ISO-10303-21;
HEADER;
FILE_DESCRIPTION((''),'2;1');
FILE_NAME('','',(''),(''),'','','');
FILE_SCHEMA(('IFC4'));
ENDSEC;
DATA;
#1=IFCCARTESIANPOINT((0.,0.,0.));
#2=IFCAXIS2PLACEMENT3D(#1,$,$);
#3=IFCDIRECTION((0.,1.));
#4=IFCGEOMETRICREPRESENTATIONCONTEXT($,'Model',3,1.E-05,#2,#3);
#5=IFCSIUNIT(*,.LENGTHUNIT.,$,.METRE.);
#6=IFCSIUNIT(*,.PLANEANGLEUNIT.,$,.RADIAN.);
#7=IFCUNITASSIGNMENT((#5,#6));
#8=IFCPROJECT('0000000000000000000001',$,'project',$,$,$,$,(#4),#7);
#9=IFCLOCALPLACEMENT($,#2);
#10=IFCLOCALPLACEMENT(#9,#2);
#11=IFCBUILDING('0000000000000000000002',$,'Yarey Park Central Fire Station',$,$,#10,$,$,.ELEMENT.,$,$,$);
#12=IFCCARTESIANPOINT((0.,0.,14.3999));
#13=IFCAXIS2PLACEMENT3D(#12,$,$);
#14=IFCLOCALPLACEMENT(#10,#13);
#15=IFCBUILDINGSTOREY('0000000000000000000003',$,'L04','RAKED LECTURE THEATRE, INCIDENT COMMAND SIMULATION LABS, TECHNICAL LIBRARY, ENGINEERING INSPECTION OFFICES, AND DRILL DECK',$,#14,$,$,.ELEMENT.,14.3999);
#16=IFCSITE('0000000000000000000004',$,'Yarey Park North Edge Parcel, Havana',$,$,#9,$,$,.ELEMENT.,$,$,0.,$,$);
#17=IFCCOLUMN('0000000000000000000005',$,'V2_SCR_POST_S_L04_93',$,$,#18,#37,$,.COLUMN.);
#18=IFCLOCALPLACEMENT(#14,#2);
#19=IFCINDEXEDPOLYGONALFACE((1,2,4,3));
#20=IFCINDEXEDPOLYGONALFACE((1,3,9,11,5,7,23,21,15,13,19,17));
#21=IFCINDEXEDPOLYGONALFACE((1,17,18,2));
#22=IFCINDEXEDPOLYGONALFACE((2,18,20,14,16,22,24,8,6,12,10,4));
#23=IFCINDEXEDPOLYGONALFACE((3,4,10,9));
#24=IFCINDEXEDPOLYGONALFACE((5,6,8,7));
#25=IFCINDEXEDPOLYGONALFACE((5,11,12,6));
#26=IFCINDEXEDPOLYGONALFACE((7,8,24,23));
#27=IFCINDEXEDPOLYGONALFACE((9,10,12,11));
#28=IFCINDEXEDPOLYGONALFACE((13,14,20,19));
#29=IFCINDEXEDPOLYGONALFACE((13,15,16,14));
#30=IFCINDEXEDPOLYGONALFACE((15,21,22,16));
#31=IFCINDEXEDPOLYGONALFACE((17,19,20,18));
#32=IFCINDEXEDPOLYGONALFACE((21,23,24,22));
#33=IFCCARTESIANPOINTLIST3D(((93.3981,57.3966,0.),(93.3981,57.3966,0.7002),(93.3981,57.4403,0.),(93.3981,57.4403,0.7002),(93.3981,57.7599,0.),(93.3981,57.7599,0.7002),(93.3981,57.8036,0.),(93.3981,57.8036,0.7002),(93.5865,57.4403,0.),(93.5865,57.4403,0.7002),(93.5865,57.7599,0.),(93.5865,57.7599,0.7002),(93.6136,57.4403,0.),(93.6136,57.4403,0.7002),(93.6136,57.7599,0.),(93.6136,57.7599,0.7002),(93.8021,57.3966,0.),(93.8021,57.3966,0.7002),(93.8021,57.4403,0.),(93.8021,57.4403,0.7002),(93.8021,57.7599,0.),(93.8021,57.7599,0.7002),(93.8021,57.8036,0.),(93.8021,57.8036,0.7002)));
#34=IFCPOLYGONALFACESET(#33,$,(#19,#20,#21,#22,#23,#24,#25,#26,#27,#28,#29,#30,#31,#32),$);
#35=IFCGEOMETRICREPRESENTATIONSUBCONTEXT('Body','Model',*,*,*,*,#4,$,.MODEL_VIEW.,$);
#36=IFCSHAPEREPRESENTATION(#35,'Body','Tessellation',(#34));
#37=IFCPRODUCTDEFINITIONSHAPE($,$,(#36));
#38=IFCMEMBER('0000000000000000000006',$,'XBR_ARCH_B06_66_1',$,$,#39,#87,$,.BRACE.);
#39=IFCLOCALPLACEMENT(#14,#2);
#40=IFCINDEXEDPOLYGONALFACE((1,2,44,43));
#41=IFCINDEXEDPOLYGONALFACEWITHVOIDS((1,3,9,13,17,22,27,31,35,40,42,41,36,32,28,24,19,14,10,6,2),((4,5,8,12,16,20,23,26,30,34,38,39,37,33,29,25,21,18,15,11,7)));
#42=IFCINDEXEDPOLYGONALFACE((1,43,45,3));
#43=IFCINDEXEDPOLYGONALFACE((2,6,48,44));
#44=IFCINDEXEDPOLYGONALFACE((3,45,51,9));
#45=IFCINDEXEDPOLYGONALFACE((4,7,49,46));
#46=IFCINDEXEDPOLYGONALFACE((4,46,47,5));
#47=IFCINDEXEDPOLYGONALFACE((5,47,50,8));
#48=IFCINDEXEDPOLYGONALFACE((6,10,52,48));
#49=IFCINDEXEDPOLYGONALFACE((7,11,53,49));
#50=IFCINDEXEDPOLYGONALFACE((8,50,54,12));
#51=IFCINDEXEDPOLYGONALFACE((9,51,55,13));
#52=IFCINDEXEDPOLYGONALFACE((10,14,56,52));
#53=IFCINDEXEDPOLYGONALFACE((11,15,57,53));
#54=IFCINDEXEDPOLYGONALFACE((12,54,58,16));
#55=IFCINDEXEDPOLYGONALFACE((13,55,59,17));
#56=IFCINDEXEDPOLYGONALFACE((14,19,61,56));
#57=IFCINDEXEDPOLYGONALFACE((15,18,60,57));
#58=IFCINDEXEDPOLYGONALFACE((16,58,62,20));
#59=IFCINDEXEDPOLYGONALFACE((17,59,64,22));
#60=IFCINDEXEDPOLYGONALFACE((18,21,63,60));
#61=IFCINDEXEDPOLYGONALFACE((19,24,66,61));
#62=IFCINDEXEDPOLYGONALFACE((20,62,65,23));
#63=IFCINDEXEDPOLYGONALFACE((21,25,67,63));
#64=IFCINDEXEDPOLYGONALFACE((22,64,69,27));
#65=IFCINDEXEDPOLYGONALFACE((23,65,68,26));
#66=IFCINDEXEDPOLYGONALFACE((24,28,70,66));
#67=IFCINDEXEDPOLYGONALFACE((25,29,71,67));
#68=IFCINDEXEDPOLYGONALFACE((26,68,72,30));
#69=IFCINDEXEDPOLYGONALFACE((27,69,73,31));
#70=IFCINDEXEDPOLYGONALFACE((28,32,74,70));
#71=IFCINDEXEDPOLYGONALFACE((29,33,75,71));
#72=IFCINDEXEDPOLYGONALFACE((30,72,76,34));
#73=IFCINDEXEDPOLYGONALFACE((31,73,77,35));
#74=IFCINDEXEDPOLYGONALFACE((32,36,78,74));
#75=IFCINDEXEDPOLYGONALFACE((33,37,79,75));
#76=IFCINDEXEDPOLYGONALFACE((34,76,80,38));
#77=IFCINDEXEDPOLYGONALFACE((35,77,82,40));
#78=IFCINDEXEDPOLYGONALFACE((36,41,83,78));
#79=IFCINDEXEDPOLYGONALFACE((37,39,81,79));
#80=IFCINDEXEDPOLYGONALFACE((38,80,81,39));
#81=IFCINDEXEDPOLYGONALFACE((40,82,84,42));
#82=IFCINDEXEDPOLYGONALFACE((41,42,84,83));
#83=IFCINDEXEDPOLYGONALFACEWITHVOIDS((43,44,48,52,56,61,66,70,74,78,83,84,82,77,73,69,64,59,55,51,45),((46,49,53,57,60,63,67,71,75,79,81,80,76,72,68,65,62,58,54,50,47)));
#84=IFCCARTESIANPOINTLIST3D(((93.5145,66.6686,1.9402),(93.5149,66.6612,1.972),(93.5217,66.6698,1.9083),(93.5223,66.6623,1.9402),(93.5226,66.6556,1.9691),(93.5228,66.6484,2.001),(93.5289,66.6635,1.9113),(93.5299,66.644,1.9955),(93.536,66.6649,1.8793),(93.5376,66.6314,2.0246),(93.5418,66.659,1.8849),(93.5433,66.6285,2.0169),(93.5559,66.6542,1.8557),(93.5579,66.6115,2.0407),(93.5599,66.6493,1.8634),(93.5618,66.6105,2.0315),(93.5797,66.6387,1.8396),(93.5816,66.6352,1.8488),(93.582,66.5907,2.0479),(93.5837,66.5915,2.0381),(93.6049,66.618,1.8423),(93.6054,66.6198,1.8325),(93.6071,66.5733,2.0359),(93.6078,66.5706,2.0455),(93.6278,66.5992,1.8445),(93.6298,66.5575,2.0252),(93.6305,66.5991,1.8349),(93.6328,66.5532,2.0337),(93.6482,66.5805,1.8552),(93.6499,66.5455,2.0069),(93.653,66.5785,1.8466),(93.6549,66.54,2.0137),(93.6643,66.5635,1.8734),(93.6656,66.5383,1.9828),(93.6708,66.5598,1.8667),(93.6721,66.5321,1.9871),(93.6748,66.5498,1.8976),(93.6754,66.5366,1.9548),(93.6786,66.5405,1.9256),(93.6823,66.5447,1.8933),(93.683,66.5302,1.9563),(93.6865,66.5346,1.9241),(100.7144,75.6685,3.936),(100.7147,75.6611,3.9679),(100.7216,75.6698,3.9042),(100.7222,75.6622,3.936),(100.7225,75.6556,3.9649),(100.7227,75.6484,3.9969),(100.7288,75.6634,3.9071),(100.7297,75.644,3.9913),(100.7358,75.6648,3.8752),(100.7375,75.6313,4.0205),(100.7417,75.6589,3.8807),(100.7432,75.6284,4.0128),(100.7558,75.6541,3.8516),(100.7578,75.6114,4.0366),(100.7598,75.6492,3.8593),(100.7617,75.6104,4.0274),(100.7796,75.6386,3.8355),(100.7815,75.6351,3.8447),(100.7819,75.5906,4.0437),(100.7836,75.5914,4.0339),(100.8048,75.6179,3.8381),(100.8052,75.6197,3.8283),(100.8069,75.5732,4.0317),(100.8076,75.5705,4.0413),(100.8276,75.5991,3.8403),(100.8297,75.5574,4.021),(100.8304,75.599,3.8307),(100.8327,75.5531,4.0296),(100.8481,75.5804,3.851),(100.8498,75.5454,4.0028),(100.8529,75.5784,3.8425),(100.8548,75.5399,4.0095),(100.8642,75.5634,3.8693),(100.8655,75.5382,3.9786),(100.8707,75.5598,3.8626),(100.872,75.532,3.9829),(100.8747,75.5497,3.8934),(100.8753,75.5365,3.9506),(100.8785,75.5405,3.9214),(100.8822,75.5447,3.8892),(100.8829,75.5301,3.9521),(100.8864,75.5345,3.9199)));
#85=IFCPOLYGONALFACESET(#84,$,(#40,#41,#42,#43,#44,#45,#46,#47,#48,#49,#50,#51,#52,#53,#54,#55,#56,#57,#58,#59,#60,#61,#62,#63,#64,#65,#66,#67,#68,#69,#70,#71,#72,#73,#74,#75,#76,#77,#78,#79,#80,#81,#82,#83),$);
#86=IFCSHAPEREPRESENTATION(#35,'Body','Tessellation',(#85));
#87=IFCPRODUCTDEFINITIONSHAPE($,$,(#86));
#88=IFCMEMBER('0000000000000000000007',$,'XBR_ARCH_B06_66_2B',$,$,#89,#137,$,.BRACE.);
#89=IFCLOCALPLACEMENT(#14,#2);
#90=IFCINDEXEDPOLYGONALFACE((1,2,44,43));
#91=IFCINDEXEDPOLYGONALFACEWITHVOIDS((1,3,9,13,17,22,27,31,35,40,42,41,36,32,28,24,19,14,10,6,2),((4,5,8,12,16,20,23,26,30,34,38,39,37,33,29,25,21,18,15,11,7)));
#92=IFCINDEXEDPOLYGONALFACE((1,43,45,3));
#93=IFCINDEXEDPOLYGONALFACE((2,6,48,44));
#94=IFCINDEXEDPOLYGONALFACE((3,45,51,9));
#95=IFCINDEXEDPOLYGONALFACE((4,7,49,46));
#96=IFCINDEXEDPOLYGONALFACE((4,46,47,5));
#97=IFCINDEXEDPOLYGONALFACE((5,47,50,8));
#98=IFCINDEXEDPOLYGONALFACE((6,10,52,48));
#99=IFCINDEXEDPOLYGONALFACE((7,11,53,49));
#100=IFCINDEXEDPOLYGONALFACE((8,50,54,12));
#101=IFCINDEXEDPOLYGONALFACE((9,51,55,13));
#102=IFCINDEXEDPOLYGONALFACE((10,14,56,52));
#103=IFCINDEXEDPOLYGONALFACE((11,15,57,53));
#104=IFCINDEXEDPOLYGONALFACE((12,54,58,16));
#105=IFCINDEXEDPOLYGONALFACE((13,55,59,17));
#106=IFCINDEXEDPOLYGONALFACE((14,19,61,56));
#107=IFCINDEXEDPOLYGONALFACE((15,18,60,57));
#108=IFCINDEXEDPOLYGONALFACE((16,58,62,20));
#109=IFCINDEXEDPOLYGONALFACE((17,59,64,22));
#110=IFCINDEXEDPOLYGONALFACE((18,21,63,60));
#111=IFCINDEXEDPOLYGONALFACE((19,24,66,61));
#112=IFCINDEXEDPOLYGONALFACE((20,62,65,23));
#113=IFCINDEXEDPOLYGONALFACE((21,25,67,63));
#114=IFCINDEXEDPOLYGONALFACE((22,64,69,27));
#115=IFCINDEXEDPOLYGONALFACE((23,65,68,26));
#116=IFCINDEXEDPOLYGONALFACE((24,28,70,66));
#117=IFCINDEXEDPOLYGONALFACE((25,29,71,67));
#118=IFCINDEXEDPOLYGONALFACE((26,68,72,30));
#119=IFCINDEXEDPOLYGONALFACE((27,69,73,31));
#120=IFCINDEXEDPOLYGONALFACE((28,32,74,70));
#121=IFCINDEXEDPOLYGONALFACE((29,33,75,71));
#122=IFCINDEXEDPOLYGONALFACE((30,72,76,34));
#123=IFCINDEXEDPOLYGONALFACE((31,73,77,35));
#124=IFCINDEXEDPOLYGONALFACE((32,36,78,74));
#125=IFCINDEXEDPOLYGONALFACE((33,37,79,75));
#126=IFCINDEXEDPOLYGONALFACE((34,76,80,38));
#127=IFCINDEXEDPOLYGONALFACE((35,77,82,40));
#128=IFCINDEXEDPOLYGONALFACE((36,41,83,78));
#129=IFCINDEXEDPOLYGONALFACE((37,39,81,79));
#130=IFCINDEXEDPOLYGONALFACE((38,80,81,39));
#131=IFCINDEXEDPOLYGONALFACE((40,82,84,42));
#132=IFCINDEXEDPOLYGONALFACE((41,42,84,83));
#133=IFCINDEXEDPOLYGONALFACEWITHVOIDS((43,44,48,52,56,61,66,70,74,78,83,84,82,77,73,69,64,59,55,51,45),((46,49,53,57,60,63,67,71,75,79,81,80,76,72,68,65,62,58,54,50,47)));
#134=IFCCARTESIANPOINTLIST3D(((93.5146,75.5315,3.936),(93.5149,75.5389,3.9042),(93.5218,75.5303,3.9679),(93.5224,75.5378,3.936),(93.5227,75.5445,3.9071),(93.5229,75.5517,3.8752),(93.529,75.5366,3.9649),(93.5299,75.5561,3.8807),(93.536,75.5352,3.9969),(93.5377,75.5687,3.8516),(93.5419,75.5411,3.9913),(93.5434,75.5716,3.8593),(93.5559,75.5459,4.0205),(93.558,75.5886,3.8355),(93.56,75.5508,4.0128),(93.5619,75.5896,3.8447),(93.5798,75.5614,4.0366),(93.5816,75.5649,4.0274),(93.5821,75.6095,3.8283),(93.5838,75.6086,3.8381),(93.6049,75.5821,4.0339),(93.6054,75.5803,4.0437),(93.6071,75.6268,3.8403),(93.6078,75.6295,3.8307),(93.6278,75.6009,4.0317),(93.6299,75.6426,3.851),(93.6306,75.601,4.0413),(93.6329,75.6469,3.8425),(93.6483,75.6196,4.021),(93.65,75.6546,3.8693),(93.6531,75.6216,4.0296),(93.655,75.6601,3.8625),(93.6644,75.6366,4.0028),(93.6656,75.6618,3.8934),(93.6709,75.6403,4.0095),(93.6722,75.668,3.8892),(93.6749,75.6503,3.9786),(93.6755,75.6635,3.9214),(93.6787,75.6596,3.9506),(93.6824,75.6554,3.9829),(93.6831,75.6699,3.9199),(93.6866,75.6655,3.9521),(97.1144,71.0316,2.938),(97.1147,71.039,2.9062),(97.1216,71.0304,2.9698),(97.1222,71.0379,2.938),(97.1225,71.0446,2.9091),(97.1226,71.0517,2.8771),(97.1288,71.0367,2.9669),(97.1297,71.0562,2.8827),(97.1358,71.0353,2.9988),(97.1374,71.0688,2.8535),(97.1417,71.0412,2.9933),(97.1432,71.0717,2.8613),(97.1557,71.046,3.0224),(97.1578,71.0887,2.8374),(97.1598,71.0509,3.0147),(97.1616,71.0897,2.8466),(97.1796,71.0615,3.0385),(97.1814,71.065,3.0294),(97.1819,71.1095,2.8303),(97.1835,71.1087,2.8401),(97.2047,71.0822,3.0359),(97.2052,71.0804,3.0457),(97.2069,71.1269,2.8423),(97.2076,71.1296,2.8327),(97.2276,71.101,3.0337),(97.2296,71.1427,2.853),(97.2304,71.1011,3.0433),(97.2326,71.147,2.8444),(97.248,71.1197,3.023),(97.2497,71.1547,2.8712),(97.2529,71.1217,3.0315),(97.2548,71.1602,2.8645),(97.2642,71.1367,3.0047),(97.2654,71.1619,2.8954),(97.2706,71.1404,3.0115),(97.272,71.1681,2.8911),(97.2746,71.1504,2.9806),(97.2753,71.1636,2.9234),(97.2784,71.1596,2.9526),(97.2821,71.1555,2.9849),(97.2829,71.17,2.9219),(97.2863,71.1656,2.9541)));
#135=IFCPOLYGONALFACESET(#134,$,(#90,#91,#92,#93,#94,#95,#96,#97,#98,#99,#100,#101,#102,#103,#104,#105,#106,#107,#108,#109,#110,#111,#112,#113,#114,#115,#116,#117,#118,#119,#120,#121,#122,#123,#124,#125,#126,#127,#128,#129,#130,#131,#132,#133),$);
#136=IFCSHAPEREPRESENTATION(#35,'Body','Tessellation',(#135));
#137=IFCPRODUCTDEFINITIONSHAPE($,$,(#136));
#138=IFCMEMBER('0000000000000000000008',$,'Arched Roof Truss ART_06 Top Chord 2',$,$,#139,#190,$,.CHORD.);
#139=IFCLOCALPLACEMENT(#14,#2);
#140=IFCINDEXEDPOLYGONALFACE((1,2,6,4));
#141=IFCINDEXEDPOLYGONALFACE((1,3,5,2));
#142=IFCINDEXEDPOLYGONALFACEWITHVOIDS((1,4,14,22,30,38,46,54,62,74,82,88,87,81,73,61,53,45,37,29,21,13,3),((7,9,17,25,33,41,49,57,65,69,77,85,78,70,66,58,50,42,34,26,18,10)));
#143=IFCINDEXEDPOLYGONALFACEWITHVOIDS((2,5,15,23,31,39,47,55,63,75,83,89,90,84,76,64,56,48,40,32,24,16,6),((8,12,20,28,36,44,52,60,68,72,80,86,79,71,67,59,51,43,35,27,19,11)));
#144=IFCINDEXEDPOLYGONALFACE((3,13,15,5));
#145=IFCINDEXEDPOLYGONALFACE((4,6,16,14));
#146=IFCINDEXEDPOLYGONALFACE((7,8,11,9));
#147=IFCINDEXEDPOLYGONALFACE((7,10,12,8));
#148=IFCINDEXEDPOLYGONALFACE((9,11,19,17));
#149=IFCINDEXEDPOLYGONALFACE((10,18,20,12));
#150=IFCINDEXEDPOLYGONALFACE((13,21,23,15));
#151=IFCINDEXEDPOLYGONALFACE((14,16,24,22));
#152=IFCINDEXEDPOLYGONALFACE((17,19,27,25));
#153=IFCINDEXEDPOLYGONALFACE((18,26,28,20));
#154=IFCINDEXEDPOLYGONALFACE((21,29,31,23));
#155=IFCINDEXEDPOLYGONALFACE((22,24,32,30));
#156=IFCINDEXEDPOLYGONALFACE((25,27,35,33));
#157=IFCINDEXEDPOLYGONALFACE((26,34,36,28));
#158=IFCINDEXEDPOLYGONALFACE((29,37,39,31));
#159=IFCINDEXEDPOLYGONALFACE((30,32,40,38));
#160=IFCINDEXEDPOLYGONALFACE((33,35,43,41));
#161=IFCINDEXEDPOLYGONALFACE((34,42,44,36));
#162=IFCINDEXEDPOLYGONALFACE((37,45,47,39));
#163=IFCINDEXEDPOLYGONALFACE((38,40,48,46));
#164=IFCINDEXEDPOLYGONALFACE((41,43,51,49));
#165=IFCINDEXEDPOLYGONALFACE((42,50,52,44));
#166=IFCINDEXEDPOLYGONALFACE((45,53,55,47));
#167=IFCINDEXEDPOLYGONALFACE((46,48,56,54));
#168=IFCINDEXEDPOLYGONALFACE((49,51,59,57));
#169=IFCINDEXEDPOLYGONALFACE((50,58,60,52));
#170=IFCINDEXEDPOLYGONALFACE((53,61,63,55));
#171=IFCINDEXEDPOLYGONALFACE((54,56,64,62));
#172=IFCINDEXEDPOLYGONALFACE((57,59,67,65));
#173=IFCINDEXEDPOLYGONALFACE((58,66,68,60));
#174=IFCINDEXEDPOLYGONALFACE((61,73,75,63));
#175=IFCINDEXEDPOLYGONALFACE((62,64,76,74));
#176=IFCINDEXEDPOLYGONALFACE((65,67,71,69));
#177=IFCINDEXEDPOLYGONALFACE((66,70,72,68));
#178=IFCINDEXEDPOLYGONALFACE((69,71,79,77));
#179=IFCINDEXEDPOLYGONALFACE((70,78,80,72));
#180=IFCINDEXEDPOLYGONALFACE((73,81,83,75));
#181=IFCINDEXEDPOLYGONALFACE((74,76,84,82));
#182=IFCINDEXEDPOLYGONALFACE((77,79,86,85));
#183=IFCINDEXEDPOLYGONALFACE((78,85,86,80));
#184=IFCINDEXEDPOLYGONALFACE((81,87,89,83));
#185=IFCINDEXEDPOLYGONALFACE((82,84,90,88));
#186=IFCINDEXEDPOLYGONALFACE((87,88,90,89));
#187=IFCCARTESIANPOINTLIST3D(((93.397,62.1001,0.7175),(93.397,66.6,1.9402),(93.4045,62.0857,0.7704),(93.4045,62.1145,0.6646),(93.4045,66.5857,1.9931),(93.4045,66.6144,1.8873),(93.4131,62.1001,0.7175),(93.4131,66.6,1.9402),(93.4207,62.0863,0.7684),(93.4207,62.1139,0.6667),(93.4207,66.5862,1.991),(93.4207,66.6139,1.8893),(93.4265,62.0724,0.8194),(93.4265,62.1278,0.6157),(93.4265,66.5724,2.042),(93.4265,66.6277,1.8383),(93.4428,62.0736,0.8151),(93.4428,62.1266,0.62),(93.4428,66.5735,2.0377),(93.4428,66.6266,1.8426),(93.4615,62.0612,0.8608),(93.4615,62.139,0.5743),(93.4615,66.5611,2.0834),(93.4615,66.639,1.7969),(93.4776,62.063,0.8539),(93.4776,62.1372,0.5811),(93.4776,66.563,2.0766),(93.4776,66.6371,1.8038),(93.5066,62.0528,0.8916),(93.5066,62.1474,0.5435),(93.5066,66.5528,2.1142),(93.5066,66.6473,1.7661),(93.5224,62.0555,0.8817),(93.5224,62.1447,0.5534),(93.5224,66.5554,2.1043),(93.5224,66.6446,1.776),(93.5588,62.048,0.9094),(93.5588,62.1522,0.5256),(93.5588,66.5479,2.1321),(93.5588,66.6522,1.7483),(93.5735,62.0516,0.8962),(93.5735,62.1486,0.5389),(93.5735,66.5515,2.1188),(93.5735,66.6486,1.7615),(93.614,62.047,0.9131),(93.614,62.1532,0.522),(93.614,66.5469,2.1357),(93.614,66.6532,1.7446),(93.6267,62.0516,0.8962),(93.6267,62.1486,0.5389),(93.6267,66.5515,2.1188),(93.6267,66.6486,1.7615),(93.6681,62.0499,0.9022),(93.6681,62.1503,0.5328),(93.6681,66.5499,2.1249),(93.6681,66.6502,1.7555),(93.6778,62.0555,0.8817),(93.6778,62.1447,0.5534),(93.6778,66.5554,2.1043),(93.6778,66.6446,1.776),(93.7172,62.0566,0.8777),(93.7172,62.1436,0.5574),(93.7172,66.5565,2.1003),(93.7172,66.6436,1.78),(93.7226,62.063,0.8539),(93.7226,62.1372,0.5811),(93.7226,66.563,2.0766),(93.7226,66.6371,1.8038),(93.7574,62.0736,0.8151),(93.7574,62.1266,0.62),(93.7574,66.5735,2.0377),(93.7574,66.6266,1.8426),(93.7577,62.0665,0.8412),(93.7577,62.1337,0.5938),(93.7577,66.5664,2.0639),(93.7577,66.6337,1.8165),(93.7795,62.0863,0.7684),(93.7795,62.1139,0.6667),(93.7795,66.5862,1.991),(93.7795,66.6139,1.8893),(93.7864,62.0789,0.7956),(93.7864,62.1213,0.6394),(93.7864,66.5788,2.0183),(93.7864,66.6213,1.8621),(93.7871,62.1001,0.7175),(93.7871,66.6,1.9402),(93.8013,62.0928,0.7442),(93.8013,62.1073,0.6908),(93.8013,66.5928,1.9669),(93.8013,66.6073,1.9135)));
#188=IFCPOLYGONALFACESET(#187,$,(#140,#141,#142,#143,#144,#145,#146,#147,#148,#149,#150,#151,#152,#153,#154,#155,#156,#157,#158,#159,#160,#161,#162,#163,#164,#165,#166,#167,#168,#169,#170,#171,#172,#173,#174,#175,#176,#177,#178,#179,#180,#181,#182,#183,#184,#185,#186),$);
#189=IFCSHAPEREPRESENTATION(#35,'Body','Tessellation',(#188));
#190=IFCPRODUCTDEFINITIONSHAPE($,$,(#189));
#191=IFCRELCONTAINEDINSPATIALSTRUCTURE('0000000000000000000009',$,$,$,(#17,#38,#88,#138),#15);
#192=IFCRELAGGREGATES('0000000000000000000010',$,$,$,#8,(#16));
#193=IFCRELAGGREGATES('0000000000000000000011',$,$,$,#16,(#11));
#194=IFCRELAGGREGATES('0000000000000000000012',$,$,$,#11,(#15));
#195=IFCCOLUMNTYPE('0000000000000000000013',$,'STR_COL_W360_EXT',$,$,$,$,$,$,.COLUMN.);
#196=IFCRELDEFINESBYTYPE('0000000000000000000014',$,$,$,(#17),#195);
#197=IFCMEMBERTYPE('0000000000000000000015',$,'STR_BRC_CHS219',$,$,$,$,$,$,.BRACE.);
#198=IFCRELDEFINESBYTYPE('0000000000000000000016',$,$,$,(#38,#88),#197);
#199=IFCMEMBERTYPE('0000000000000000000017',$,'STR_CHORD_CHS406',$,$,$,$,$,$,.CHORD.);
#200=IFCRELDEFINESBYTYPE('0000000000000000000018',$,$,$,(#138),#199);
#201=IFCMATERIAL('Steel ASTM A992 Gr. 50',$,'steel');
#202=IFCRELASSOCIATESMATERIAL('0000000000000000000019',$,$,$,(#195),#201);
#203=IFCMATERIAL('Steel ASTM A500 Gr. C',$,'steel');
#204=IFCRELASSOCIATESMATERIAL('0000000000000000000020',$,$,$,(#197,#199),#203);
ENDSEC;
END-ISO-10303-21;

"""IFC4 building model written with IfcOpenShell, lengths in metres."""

from ifc_helpers import new_model, si_unit, direction, frame, origin, origin_2d, place, context, subcontext, project, spatial, hollow_circle, i_section, extrude, material, material_profile, profile_set, type_object, element, save


model = new_model("IFC4")

# Units and contexts
model_context = context("Model", 3, precision=1e-05, world=origin(), true_north=direction((0.0, 1.0)))
body_context = subcontext(model_context, "Body", "Model", "MODEL_VIEW")
ifc_project = project(units=[si_unit("LENGTHUNIT", "METRE"), si_unit("PLANEANGLEUNIT", "RADIAN")], contexts=[model_context])

# Site, building, storey
site_placement = place(None, origin())
site = spatial("IfcSite", under=ifc_project, at=site_placement, Name="Yarey Park North Edge Parcel, Havana", CompositionType="ELEMENT", RefElevation=0.0)
building_placement = place(site_placement, origin())
building = spatial("IfcBuilding", under=site, at=building_placement, Name="Yarey Park Central Fire Station", CompositionType="ELEMENT")
storey_placement = place(building_placement, frame((0.0, 0.0, 14.3999)))
storey = spatial("IfcBuildingStorey", under=building, at=storey_placement, Name="L04", Description="RAKED LECTURE THEATRE, INCIDENT COMMAND SIMULATION LABS, TECHNICAL LIBRARY, ENGINEERING INSPECTION OFFICES, AND DRILL DECK", CompositionType="ELEMENT", Elevation=14.3999)

# Column
ifc_material_1 = material(Name="Steel ASTM A992 Gr. 50", Category="steel")
ifc_material_profile_1 = material_profile(ifc_material_1, i_section(OverallWidth=0.4041, OverallDepth=0.407, WebThickness=0.0271, FlangeThickness=0.0437, at=origin_2d()), Name="W360x347")
ifc_profile_set_1 = profile_set([ifc_material_profile_1], Name="Steel ASTM A992 Gr. 50")
column_type = type_object("IfcColumnType", Name="STR_COL_W360_EXT", PredefinedType="COLUMN", material=ifc_profile_set_1)
column_placement = place(storey_placement, frame((93.6001, 57.6001, 0.0), z_axis=(0.0, 0.0, 1.0), x_axis=(1.0, 0.0, 0.0)))
element("IfcColumn", 1, at=column_placement, inside=storey, type_object=column_type, Name="V2_SCR_POST_S_L04_93", PredefinedType="COLUMN", context=body_context, shape_type="SweptSolid", body=[
    extrude(i_section(OverallWidth=0.4041, OverallDepth=0.407, WebThickness=0.0271, FlangeThickness=0.0437, at=origin_2d()), origin(), (0.0, 0.0, 1.0), 0.7002),
])

# Members
ifc_material_2 = material(Name="Steel ASTM A500 Gr. C", Category="steel")
ifc_material_profile_2 = material_profile(ifc_material_2, hollow_circle(Radius=0.1096, WallThickness=0.01, at=origin_2d()), Name="CHS 219.1x10")
ifc_profile_set_2 = profile_set([ifc_material_profile_2], Name="Steel ASTM A500 Gr. C")
member_type_1 = type_object("IfcMemberType", Name="STR_BRC_CHS219", PredefinedType="BRACE", material=ifc_profile_set_2)
member_1_placement = place(storey_placement, frame((93.6001, 66.6001, 1.9402), z_axis=(0.615532, 0.76942, 0.170627), x_axis=(-0.780871, 0.624692, 0.0)))
element("IfcMember", 2, at=member_1_placement, inside=storey, type_object=member_type_1, Name="XBR_ARCH_B06_66_1", PredefinedType="BRACE", context=body_context, shape_type="SweptSolid", body=[
    extrude(hollow_circle(Radius=0.1096, WallThickness=0.01, at=origin_2d()), origin(), (0.0, 0.0, 1.0), 11.697),
])
member_2_placement = place(storey_placement, frame((97.2, 71.1001, 2.938), z_axis=(-0.615517, 0.769427, 0.17065), x_axis=(-0.780881, -0.62468, 0.0)))
element("IfcMember", 3, at=member_2_placement, inside=storey, type_object=member_type_1, Name="XBR_ARCH_B06_66_2B", PredefinedType="BRACE", context=body_context, shape_type="SweptSolid", body=[
    extrude(hollow_circle(Radius=0.1096, WallThickness=0.01, at=origin_2d()), origin(), (0.0, 0.0, 1.0), 5.8484),
])
ifc_material_profile_3 = material_profile(ifc_material_2, hollow_circle(Radius=0.2031, WallThickness=0.0161, at=origin_2d()), Name="CHS 406.4x16")
ifc_profile_set_3 = profile_set([ifc_material_profile_3], Name="Steel ASTM A500 Gr. C")
member_type_2 = type_object("IfcMemberType", Name="STR_CHORD_CHS406", PredefinedType="CHORD", material=ifc_profile_set_3)
member_3_placement = place(storey_placement, frame((93.6001, 62.1001, 0.7175), z_axis=(0.0, 0.965015, 0.262196), x_axis=(-1.0, 0.0, 0.0)))
element("IfcMember", 4, at=member_3_placement, inside=storey, type_object=member_type_2, Name="Arched Roof Truss ART_06 Top Chord 2", PredefinedType="CHORD", context=body_context, shape_type="SweptSolid", body=[
    extrude(hollow_circle(Radius=0.2031, WallThickness=0.0161, at=origin_2d()), origin(), (0.0, 0.0, 1.0), 4.6631),
])

save(model, "model.ifc")
